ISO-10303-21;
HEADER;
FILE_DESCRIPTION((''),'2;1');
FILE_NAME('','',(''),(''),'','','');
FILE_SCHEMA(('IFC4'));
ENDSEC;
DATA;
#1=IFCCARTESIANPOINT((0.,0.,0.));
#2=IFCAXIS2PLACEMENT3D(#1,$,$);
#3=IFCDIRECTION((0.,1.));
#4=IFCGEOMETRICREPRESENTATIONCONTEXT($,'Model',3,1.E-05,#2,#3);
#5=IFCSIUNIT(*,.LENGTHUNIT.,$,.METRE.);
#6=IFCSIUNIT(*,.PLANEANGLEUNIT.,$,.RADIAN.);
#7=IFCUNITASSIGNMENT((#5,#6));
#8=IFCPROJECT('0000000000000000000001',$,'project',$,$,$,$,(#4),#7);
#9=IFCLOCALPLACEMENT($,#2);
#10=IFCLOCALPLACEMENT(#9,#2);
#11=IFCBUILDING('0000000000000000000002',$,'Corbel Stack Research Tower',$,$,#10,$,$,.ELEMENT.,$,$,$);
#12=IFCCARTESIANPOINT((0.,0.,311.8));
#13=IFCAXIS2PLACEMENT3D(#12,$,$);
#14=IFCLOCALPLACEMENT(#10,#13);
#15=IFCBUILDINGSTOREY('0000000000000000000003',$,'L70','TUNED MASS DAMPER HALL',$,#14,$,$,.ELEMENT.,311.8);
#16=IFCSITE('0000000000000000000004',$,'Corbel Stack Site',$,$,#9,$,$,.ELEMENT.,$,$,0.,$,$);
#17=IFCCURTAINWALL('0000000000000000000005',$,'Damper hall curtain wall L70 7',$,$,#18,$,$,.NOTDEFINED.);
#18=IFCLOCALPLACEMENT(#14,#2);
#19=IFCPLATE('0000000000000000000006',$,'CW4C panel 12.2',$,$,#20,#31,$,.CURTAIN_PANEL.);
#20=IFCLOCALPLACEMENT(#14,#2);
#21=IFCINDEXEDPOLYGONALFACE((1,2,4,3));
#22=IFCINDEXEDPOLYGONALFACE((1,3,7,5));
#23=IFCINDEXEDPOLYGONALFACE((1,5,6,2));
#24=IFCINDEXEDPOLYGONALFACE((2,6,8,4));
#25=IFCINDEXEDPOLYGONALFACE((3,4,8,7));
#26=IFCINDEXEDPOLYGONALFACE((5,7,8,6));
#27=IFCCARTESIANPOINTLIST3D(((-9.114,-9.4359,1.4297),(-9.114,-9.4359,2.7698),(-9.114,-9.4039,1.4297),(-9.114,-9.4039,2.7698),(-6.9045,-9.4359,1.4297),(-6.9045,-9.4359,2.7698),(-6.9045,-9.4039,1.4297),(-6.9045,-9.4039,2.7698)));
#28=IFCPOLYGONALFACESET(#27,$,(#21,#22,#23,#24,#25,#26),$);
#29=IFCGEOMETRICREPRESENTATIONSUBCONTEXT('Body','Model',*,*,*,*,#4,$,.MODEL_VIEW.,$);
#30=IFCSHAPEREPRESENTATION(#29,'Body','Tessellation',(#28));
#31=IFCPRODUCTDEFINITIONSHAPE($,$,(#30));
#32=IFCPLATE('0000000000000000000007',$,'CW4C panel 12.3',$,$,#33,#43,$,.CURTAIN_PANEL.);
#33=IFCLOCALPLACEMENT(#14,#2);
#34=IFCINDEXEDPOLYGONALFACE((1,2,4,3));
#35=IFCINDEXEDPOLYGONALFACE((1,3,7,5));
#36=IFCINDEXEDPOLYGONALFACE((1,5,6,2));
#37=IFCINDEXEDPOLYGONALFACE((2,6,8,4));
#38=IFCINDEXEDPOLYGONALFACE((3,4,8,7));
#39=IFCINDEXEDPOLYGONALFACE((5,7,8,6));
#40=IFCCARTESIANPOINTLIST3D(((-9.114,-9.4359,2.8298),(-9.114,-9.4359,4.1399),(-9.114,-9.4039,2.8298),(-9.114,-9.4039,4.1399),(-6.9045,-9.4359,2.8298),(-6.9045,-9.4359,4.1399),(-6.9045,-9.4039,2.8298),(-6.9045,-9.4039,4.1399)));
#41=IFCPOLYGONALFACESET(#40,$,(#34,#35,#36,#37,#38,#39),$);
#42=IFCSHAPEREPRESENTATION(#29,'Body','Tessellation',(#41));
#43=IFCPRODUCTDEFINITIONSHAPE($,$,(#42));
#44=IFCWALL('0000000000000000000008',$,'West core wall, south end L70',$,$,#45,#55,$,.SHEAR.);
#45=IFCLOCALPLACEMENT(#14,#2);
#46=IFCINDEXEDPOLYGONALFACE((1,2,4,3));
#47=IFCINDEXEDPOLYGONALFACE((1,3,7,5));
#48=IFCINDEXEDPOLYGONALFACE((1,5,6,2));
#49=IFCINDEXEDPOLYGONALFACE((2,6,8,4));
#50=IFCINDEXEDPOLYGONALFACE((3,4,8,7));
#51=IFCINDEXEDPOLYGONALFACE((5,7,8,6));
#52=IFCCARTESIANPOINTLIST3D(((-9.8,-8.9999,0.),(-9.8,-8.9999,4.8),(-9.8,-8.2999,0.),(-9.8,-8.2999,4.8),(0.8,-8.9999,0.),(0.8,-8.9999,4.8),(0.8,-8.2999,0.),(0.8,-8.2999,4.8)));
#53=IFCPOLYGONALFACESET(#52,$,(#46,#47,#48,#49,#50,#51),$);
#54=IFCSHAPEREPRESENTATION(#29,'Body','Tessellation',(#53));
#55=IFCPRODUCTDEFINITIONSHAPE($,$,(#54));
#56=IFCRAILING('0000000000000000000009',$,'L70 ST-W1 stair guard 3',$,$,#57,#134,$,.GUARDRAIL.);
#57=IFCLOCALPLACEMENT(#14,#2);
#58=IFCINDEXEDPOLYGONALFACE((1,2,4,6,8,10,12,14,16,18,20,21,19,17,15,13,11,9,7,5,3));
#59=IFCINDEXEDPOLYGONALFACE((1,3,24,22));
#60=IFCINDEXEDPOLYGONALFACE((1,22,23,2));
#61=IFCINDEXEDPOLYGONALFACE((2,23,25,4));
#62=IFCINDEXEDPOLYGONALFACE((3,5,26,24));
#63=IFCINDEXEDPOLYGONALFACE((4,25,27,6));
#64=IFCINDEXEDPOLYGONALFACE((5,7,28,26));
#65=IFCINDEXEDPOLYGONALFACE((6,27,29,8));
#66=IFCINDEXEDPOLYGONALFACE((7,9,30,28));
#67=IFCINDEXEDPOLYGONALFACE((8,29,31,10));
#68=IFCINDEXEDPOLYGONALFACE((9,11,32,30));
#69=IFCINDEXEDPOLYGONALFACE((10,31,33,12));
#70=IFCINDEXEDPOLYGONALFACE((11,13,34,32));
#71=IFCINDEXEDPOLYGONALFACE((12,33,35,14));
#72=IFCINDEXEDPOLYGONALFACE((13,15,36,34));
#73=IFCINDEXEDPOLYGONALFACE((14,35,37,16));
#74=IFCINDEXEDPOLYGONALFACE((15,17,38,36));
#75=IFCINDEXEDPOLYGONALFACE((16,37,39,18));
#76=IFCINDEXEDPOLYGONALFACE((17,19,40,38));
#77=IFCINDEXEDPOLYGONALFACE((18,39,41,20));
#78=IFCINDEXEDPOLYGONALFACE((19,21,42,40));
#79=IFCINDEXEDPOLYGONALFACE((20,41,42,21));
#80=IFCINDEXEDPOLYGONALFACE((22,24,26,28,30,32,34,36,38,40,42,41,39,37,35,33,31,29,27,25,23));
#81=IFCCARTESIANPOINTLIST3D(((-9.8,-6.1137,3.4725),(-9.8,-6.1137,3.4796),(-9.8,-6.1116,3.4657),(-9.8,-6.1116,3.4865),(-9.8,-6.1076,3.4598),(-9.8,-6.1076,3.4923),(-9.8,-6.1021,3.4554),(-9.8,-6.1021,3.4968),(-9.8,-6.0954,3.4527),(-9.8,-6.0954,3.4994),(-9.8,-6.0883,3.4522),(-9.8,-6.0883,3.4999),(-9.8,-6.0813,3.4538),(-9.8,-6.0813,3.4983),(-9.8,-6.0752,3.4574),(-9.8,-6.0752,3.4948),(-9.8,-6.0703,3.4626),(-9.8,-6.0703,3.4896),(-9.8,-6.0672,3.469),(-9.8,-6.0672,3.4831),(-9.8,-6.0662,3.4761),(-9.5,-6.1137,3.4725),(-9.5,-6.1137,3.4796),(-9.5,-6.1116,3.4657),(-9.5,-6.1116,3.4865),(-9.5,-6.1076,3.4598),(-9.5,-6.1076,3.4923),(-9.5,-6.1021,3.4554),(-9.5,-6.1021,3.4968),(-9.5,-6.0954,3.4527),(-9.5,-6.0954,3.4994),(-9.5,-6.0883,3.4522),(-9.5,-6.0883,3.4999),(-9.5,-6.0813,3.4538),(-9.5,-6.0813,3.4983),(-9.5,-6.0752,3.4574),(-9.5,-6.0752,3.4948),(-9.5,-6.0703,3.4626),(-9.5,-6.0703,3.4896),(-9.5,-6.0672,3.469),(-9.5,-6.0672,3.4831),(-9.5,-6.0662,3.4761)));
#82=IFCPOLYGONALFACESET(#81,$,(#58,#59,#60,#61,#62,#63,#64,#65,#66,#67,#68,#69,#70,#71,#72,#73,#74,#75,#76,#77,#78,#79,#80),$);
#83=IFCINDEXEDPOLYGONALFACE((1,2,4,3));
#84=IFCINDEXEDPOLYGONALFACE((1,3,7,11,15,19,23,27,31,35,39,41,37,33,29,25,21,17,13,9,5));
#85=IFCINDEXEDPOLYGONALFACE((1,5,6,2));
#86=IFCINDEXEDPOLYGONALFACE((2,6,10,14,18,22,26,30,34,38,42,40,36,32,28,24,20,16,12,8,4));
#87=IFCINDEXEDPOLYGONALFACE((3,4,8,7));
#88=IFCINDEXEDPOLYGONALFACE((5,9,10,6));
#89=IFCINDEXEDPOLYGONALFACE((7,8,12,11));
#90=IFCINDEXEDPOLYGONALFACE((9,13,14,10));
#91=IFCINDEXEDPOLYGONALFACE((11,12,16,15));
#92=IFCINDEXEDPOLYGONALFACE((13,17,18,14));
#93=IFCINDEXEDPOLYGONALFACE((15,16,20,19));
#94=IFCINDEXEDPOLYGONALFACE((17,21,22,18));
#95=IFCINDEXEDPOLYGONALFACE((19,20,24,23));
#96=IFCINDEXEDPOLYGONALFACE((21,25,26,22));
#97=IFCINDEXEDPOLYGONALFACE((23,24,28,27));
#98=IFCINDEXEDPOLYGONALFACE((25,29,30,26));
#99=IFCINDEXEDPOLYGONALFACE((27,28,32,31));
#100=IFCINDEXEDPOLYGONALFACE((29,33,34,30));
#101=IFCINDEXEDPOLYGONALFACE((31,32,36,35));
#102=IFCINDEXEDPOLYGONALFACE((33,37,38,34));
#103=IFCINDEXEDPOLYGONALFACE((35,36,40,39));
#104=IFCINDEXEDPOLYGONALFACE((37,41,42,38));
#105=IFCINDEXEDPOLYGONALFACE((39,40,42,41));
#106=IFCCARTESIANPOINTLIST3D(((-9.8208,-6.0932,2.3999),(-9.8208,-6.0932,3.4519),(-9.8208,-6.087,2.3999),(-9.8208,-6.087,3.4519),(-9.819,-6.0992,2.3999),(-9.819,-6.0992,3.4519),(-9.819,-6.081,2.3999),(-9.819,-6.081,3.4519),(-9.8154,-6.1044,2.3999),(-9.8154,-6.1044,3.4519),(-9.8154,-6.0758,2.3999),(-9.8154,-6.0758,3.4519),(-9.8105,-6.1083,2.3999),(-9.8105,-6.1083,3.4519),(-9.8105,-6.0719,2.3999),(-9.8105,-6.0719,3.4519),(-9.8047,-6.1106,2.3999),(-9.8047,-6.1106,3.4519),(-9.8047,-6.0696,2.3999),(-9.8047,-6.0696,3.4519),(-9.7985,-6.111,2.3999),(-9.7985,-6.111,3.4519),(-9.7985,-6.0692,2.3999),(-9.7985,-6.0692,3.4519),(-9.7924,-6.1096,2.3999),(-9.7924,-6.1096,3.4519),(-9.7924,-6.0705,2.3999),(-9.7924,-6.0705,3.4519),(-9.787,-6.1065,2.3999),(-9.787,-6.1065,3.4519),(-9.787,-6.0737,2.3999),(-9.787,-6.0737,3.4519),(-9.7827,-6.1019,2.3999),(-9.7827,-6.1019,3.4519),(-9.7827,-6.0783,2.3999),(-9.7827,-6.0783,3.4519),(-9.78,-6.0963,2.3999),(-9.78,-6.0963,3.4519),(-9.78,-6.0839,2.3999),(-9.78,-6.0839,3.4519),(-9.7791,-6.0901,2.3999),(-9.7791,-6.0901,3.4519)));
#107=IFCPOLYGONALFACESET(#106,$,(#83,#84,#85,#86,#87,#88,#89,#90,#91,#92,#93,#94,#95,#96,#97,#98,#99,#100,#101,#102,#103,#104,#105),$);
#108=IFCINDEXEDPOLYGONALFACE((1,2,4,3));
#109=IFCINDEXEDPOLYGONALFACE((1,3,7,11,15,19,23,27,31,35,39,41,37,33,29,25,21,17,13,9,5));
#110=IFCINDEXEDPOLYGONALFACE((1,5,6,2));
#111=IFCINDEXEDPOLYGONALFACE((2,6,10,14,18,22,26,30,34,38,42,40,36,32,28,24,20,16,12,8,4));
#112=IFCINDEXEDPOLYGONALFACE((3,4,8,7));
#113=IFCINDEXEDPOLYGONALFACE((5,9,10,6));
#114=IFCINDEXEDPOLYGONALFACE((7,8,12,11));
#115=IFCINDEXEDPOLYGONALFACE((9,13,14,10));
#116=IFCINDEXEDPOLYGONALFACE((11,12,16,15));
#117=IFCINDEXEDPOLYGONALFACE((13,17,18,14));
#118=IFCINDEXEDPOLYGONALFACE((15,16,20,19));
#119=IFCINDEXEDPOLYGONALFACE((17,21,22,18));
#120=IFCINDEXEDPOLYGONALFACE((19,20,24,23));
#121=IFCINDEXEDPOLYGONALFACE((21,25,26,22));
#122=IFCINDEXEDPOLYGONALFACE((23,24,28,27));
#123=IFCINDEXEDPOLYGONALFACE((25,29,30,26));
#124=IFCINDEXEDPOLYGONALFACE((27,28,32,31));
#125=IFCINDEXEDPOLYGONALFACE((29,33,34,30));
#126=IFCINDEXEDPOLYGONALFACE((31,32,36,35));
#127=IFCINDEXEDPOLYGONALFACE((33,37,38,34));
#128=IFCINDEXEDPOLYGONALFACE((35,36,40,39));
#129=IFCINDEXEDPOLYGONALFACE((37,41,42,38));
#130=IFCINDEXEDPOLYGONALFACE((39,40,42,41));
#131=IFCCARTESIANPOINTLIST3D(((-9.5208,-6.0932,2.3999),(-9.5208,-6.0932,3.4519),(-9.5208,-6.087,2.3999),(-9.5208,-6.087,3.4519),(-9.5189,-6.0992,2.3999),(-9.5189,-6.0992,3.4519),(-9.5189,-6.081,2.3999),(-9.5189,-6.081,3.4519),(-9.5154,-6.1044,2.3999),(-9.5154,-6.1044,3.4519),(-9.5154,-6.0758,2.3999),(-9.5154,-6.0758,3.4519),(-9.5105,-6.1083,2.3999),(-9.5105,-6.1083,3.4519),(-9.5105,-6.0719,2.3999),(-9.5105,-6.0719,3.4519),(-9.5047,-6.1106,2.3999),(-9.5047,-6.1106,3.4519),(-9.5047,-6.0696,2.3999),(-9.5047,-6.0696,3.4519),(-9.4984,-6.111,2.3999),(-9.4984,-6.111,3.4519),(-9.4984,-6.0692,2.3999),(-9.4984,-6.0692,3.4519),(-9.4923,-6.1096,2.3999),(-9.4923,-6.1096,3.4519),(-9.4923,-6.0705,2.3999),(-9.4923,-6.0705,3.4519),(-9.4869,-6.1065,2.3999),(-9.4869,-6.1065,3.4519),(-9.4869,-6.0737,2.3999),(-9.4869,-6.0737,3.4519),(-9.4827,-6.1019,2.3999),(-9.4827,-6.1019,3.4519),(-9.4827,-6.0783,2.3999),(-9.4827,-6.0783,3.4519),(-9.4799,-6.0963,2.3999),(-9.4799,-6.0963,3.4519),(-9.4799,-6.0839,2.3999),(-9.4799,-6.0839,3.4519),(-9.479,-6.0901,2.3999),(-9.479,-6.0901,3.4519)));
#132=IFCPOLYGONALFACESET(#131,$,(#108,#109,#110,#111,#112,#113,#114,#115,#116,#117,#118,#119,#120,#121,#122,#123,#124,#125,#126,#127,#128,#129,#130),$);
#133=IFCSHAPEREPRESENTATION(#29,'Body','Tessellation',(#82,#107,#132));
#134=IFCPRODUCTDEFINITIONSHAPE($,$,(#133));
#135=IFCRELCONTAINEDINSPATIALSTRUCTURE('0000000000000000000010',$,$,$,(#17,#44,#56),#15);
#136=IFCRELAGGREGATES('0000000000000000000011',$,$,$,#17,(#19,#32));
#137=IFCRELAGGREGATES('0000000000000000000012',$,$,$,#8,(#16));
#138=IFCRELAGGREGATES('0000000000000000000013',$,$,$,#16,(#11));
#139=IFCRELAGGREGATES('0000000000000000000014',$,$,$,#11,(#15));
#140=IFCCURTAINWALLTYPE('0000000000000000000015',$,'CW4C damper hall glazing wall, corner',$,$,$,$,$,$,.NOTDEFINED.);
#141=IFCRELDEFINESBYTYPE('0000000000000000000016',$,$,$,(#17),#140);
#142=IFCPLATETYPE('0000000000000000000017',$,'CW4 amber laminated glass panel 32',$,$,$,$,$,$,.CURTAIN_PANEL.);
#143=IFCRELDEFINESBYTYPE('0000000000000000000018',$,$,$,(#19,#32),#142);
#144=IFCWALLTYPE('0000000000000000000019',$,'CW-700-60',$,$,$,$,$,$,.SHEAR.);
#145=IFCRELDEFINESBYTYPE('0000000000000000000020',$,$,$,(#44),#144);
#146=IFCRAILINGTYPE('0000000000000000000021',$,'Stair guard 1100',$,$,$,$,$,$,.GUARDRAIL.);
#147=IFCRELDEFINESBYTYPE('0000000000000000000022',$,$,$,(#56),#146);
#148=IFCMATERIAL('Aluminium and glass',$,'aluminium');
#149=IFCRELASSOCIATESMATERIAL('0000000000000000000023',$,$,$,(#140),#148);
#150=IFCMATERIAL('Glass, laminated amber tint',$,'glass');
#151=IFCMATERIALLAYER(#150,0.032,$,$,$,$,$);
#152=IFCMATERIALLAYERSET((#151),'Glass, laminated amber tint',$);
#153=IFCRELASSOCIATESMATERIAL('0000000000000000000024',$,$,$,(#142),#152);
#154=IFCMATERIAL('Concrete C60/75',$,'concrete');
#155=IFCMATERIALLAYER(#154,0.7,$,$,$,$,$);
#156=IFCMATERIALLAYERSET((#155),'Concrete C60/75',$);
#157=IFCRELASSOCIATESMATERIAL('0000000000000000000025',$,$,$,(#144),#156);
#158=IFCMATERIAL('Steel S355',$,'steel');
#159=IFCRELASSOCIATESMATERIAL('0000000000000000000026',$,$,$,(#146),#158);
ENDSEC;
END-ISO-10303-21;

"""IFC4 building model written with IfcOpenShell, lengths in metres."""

from ifc_helpers import new_model, si_unit, direction, frame, frame_2d, origin, origin_2d, place, context, subcontext, project, spatial, rectangle, circle, extrude, material, layer, layer_set, type_object, element, aggregate, save


model = new_model("IFC4")

# Units and contexts
model_context = context("Model", 3, precision=1e-05, world=origin(), true_north=direction((0.0, 1.0)))
body_context = subcontext(model_context, "Body", "Model", "MODEL_VIEW")
ifc_project = project(units=[si_unit("LENGTHUNIT", "METRE"), si_unit("PLANEANGLEUNIT", "RADIAN")], contexts=[model_context])

# Site, building, storey
site_placement = place(None, origin())
site = spatial("IfcSite", under=ifc_project, at=site_placement, Name="Corbel Stack Site", CompositionType="ELEMENT", RefElevation=0.0)
building_placement = place(site_placement, origin())
building = spatial("IfcBuilding", under=site, at=building_placement, Name="Corbel Stack Research Tower", CompositionType="ELEMENT")
storey_placement = place(building_placement, frame((0.0, 0.0, 311.8)))
storey = spatial("IfcBuildingStorey", under=building, at=storey_placement, Name="L70", Description="TUNED MASS DAMPER HALL", CompositionType="ELEMENT", Elevation=311.8)

# Shared definitions
ifc_material_1 = material(Name="Aluminium and glass", Category="aluminium")
curtain_wall_type = type_object("IfcCurtainWallType", Name="CW4C damper hall glazing wall, corner", PredefinedType="NOTDEFINED", material=ifc_material_1)

# Curtain wall
curtain_wall_1_placement = place(storey_placement, origin())
curtain_wall_1 = element("IfcCurtainWall", 1, at=curtain_wall_1_placement, inside=storey, type_object=curtain_wall_type, Name="Damper hall curtain wall L70 7", PredefinedType="NOTDEFINED")

# Plates
ifc_material_2 = material(Name="Glass, laminated amber tint", Category="glass")
ifc_layer_1 = layer(ifc_material_2, 0.032)
ifc_layer_set_1 = layer_set([ifc_layer_1], Name="Glass, laminated amber tint")
plate_type = type_object("IfcPlateType", Name="CW4 amber laminated glass panel 32", PredefinedType="CURTAIN_PANEL", material=ifc_layer_set_1)
plate_1_placement = place(storey_placement, frame((-8.0093, -9.4199, 1.4297), z_axis=(0.0, 0.0, 1.0), x_axis=(-1.0, 0.0, 0.0)))
plate_1 = element("IfcPlate", 2, at=plate_1_placement, type_object=plate_type, Name="CW4C panel 12.2", PredefinedType="CURTAIN_PANEL", context=body_context, shape_type="SweptSolid", body=[
    extrude(rectangle(XDim=2.2095, YDim=0.032, at=origin_2d()), origin(), (0.0, 0.0, 1.0), 1.3401),
])
plate_2_placement = place(storey_placement, frame((-8.0093, -9.4199, 2.8298), z_axis=(0.0, 0.0, 1.0), x_axis=(-1.0, 0.0, 0.0)))
plate_2 = element("IfcPlate", 3, at=plate_2_placement, type_object=plate_type, Name="CW4C panel 12.3", PredefinedType="CURTAIN_PANEL", context=body_context, shape_type="SweptSolid", body=[
    extrude(rectangle(XDim=2.2095, YDim=0.032, at=origin_2d()), origin(), (0.0, 0.0, 1.0), 1.3101),
])
aggregate(curtain_wall_1, [plate_1, plate_2])

# Shared definitions
ifc_material_3 = material(Name="Concrete C60/75", Category="concrete")
ifc_layer_2 = layer(ifc_material_3, 0.7)
ifc_layer_set_2 = layer_set([ifc_layer_2], Name="Concrete C60/75")
wall_type = type_object("IfcWallType", Name="CW-700-60", PredefinedType="SHEAR", material=ifc_layer_set_2)

# Wall
wall_1_placement = place(storey_placement, frame((-9.8, -8.6499, 0.0), z_axis=(0.0, 0.0, 1.0), x_axis=(1.0, 0.0, 0.0)))
element("IfcWall", 4, at=wall_1_placement, inside=storey, type_object=wall_type, Name="West core wall, south end L70", PredefinedType="SHEAR", context=body_context, shape_type="SweptSolid", body=[
    extrude(rectangle(XDim=10.6001, YDim=0.7, at=frame_2d((5.3, 0.0))), origin(), (0.0, 0.0, 1.0), 4.8),
])

# Railing
ifc_material_4 = material(Name="Steel S355", Category="steel")
railing_type = type_object("IfcRailingType", Name="Stair guard 1100", PredefinedType="GUARDRAIL", material=ifc_material_4)
railing_placement = place(storey_placement, frame((-9.8, -6.0901, 2.3999)))
element("IfcRailing", 5, at=railing_placement, inside=storey, type_object=railing_type, Name="L70 ST-W1 stair guard 3", PredefinedType="GUARDRAIL", context=body_context, shape_type="SweptSolid", body=[
    extrude(circle(Radius=0.0239, at=origin_2d()), frame((0.0, 0.0, 1.0762), z_axis=(1.0, 0.0, 0.0), x_axis=(0.0, 1.0, 0.0)), (0.0, 0.0, 1.0), 0.3),
    extrude(circle(Radius=0.021, at=origin_2d()), origin(), (0.0, 0.0, 1.0), 1.052),
    extrude(circle(Radius=0.021, at=origin_2d()), frame((0.3, 0.0, 0.0)), (0.0, 0.0, 1.0), 1.052),
])

save(model, "model.ifc")
